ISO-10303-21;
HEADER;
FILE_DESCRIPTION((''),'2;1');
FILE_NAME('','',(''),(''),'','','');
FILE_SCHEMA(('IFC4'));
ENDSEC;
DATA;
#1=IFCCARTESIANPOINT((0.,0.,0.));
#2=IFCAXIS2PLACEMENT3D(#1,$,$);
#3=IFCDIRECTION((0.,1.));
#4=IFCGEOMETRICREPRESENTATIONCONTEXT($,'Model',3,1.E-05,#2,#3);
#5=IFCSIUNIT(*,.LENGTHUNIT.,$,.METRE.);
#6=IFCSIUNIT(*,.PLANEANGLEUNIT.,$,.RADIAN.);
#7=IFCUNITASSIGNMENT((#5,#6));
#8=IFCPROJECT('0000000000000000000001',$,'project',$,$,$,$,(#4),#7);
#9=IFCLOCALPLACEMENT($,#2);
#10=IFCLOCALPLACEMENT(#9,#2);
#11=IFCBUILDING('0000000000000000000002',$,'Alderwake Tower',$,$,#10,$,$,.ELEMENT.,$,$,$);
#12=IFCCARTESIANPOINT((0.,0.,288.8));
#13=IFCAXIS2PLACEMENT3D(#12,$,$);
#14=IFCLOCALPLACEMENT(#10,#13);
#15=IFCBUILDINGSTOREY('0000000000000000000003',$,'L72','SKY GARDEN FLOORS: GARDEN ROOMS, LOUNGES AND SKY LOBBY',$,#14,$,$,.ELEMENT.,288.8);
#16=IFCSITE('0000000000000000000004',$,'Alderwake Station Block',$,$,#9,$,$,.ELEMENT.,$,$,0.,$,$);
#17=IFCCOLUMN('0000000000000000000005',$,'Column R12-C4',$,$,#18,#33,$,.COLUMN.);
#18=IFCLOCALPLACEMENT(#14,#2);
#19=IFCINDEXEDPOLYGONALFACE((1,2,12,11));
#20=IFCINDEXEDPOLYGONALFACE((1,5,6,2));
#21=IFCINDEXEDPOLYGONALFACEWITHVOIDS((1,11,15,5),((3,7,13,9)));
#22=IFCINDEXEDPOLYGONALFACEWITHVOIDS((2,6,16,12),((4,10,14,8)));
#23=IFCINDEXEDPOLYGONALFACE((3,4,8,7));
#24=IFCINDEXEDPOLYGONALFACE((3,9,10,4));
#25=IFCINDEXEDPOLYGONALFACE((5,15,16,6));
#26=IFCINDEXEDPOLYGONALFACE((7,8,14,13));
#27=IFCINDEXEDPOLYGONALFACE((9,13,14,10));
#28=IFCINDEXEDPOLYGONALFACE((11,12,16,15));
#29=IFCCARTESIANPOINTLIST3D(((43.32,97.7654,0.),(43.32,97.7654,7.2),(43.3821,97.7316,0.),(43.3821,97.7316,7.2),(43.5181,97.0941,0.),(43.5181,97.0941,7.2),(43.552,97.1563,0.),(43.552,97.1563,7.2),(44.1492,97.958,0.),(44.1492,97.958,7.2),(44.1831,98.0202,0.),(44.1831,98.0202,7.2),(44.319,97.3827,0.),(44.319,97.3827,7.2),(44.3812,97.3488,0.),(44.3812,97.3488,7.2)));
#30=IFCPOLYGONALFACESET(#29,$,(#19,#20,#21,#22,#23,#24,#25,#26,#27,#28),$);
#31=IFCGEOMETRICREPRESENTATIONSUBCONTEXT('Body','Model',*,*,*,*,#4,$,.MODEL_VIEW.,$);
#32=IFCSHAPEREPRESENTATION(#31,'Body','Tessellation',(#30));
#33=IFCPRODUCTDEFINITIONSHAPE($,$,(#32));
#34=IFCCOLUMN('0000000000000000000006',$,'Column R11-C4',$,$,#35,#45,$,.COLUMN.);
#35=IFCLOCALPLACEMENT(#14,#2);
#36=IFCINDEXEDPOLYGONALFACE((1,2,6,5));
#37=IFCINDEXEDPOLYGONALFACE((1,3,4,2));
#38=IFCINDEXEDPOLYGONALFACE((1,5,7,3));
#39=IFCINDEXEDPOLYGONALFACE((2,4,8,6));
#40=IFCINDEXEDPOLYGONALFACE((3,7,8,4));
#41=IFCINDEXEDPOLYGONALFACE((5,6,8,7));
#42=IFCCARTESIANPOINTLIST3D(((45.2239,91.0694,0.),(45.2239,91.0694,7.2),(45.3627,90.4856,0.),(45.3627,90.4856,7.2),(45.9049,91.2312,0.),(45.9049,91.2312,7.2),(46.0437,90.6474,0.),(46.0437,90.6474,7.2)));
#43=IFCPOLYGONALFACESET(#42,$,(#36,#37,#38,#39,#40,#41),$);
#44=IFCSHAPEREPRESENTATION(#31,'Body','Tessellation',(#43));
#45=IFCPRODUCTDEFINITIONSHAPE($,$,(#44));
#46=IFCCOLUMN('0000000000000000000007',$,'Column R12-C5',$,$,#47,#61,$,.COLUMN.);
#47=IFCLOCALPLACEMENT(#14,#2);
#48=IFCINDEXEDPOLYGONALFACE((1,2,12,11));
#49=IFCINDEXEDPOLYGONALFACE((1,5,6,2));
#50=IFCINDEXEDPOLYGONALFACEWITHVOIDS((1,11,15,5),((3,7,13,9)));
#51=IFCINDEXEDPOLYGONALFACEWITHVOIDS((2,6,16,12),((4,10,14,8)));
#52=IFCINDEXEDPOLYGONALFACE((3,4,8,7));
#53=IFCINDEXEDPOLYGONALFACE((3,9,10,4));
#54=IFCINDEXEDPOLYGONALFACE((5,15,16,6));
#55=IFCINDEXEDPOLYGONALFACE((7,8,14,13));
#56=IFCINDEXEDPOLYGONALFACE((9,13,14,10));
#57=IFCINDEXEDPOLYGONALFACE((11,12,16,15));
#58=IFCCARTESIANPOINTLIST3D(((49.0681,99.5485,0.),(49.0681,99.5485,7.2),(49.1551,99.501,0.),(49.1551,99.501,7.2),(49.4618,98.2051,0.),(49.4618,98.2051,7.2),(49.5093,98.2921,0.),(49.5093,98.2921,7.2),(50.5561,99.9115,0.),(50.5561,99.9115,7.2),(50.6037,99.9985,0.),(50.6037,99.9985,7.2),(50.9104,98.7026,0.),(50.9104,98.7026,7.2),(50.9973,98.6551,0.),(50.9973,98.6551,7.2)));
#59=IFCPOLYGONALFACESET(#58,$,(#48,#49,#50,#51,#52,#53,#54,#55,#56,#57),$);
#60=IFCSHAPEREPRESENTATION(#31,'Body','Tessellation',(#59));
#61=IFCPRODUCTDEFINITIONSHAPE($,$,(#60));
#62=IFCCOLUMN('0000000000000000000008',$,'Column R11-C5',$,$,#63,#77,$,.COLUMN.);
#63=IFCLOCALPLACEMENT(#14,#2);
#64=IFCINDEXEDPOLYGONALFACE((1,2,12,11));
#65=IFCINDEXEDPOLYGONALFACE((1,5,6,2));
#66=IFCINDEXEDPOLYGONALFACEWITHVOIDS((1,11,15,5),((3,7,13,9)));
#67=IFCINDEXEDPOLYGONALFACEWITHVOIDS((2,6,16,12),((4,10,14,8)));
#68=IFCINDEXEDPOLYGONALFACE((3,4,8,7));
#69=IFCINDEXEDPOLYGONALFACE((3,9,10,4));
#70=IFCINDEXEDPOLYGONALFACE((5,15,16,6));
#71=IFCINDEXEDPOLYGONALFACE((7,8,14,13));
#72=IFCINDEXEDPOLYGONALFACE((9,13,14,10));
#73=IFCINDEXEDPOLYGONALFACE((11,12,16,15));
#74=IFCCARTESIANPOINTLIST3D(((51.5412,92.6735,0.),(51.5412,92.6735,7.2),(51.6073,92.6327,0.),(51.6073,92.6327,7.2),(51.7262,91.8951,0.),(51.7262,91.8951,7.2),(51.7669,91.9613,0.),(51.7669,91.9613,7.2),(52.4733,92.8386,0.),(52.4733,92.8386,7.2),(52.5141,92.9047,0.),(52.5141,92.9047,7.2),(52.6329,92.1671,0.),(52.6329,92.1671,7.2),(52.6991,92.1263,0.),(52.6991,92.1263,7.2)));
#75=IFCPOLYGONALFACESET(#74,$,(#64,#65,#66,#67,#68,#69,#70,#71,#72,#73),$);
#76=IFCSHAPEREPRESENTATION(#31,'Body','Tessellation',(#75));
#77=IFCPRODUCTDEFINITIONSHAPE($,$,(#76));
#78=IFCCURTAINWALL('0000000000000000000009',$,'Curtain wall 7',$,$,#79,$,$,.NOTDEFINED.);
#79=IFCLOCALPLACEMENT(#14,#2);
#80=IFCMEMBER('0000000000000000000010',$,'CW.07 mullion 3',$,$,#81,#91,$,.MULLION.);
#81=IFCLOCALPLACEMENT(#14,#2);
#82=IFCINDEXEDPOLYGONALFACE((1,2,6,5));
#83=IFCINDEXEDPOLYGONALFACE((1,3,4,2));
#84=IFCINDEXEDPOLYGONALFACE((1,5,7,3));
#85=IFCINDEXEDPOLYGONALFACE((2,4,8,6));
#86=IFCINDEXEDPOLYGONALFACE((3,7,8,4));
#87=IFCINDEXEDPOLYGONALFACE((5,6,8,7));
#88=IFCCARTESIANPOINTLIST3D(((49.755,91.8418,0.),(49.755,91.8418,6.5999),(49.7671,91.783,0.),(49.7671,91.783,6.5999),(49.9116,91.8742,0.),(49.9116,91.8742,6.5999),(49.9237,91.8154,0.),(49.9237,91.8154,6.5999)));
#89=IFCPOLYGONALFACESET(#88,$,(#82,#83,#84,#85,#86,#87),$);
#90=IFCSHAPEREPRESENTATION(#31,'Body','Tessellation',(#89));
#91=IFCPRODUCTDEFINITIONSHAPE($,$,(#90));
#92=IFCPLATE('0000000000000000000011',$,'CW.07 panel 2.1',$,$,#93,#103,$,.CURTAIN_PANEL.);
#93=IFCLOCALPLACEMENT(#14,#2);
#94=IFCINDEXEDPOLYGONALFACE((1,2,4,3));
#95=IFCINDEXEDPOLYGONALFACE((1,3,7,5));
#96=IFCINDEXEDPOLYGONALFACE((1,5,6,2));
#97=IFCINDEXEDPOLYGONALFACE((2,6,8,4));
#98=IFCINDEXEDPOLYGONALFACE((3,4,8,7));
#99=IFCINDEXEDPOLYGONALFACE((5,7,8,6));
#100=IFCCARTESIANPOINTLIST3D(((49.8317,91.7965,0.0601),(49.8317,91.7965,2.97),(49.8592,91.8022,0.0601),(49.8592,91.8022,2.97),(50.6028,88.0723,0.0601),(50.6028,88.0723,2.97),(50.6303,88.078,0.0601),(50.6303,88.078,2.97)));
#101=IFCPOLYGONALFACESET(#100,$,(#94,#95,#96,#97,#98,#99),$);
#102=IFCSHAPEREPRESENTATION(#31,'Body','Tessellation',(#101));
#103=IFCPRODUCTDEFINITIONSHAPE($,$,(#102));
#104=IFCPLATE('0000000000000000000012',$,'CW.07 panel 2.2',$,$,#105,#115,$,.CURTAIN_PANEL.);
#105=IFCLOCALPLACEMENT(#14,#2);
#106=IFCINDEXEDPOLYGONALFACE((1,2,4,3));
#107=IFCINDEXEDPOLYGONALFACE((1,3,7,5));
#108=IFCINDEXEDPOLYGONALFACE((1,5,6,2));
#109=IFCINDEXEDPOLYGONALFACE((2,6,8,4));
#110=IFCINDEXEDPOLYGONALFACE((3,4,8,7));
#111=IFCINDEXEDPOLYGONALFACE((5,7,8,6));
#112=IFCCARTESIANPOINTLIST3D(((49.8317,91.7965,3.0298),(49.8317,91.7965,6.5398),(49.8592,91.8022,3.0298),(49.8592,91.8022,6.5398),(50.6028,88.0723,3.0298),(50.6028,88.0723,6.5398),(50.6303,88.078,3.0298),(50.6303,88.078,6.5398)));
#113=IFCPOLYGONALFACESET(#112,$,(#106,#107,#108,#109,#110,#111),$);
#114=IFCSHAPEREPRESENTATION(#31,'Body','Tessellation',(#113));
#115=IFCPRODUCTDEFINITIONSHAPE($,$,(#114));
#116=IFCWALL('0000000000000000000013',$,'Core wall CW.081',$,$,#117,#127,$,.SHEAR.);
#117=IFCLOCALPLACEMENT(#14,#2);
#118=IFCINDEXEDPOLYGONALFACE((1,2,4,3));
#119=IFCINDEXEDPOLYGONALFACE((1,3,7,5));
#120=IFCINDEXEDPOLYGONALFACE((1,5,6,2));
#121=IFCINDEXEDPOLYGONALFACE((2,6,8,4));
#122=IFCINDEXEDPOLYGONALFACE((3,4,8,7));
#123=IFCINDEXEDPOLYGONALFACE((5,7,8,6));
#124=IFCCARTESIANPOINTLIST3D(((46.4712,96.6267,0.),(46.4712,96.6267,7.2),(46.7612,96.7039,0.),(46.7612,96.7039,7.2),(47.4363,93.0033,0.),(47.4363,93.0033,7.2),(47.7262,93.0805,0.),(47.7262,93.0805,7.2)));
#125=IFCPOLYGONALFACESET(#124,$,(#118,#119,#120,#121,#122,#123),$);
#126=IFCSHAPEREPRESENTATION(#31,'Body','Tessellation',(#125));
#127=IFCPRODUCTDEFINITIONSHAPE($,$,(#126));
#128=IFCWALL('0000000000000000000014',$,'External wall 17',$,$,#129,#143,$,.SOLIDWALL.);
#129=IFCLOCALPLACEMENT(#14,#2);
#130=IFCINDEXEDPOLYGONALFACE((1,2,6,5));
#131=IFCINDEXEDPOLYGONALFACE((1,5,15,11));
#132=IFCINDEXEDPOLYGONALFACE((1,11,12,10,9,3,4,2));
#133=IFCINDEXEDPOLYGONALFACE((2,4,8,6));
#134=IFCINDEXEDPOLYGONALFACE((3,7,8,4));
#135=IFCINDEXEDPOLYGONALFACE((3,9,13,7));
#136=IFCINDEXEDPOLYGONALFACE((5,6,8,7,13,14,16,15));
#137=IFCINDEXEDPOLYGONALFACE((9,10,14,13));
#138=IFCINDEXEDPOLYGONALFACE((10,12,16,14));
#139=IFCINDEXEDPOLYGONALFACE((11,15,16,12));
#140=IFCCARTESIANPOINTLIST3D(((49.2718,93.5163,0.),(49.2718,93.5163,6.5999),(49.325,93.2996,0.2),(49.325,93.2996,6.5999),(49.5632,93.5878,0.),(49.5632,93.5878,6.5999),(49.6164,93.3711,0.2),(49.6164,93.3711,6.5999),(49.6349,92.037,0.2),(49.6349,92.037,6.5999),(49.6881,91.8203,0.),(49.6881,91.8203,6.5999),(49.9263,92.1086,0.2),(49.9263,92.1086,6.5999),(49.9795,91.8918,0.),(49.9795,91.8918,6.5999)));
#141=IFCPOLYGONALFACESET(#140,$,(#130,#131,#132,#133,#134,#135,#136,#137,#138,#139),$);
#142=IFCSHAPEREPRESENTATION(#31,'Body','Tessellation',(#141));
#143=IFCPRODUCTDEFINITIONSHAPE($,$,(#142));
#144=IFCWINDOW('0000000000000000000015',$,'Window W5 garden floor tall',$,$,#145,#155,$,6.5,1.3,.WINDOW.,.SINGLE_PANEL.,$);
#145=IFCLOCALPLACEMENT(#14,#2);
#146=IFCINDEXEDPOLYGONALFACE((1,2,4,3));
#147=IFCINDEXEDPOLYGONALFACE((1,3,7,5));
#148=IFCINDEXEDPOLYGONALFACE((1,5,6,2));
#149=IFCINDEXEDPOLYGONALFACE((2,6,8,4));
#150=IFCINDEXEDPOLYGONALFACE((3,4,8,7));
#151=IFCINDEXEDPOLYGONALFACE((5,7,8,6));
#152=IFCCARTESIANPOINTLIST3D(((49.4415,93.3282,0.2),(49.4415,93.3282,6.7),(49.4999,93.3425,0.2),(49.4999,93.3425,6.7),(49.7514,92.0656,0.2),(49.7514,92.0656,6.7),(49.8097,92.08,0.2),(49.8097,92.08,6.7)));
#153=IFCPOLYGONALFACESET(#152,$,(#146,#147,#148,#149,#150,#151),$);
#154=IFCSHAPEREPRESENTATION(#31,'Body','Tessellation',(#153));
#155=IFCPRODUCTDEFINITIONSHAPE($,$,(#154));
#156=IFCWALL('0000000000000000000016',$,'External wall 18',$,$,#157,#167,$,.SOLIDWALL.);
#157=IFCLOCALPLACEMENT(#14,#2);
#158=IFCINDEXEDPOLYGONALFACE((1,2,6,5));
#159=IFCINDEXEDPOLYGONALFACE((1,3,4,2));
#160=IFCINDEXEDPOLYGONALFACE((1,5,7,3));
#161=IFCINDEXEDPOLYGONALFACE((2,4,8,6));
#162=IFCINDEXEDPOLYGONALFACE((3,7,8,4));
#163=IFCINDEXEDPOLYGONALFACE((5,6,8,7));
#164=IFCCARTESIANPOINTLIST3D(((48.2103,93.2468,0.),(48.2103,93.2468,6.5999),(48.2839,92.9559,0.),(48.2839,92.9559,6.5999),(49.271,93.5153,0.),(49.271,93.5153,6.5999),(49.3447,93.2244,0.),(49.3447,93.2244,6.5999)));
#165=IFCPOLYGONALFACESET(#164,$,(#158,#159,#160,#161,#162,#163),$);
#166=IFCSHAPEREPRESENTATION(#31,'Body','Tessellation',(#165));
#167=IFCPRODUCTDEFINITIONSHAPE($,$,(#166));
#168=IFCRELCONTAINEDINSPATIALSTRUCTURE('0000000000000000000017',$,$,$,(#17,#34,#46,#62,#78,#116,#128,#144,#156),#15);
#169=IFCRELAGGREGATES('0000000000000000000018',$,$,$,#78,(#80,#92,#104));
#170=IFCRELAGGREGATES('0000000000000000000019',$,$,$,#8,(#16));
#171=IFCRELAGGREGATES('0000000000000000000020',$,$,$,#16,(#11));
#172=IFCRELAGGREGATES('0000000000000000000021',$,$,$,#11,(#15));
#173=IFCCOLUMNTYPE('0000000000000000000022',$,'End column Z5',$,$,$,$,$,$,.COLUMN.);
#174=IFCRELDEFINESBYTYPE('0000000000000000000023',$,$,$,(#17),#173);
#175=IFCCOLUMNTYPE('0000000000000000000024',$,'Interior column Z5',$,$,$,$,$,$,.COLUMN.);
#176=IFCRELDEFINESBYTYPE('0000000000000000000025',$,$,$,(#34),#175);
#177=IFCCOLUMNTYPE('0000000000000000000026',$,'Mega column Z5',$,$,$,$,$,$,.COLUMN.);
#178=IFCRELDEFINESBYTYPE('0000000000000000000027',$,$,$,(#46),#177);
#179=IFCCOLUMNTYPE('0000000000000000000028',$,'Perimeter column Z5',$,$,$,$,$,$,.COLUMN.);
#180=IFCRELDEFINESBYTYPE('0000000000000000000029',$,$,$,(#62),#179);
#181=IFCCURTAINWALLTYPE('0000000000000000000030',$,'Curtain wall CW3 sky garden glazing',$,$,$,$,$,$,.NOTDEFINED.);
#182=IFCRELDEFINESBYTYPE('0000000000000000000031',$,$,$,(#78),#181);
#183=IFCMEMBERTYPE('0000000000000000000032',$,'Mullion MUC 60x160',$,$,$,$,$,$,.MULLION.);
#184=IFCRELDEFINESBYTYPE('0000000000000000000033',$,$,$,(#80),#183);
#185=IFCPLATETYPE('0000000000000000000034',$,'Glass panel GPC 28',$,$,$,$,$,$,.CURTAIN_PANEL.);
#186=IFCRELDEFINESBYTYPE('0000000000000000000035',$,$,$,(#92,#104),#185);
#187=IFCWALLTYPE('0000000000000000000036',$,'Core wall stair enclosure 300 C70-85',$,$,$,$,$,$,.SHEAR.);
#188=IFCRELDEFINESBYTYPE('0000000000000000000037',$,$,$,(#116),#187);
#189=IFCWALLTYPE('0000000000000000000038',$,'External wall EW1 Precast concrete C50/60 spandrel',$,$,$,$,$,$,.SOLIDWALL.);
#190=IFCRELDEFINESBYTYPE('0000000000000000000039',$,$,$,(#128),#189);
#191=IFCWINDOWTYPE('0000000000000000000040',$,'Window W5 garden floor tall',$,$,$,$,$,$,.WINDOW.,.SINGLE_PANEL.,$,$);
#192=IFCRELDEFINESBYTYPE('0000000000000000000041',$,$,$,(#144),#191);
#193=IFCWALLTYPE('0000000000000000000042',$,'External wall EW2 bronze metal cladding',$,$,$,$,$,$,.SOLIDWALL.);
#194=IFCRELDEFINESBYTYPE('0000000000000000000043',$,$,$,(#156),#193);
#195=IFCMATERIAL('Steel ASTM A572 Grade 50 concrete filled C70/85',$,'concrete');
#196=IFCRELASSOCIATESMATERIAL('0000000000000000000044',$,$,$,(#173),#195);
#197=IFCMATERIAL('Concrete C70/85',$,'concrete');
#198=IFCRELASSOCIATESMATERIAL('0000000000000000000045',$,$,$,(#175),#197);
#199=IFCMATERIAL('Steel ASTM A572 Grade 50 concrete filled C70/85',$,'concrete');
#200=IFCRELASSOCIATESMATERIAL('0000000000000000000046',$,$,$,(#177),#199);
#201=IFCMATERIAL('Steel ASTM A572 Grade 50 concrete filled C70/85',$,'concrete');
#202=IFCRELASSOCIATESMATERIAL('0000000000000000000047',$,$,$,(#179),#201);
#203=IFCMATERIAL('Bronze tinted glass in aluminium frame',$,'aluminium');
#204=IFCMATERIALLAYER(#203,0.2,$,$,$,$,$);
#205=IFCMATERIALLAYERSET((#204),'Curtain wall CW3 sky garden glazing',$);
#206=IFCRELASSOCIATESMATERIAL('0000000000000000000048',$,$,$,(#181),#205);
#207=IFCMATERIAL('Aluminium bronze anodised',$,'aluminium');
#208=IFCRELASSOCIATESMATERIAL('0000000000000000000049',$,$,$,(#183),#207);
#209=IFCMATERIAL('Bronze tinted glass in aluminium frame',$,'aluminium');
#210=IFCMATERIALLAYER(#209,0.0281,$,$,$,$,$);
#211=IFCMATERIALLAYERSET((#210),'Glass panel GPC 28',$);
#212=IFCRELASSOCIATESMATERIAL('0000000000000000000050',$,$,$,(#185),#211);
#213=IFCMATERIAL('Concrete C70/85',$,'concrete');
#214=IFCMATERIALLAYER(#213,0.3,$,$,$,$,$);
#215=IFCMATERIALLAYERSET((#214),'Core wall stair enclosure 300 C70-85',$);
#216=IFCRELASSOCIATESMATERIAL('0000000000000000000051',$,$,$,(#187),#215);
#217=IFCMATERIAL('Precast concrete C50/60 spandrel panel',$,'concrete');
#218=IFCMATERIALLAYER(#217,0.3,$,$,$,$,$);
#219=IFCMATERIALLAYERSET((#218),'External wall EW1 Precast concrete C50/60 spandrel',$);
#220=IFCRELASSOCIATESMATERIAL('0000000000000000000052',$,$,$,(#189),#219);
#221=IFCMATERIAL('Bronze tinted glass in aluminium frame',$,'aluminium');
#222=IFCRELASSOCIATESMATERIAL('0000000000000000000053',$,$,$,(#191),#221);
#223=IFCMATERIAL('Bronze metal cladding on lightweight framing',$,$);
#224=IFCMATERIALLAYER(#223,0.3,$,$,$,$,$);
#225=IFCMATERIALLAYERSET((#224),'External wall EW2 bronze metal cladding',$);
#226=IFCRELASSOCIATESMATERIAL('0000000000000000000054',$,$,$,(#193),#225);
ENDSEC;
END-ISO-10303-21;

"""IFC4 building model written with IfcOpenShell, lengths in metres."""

from ifc_helpers import new_model, si_unit, direction, frame, frame_2d, origin, origin_2d, place, context, subcontext, project, spatial, rectangle, hollow_rectangle, extrude, material, layer, layer_set, material_profile, profile_set, type_object, element, fill, aggregate, save


model = new_model("IFC4")

# Units and contexts
model_context = context("Model", 3, precision=1e-05, world=origin(), true_north=direction((0.0, 1.0)))
body_context = subcontext(model_context, "Body", "Model", "MODEL_VIEW")
ifc_project = project(units=[si_unit("LENGTHUNIT", "METRE"), si_unit("PLANEANGLEUNIT", "RADIAN")], contexts=[model_context])

# Site, building, storey
site_placement = place(None, origin())
site = spatial("IfcSite", under=ifc_project, at=site_placement, Name="Alderwake Station Block", CompositionType="ELEMENT", RefElevation=0.0)
building_placement = place(site_placement, origin())
building = spatial("IfcBuilding", under=site, at=building_placement, Name="Alderwake Tower", CompositionType="ELEMENT")
storey_placement = place(building_placement, frame((0.0, 0.0, 288.8)))
storey = spatial("IfcBuildingStorey", under=building, at=storey_placement, Name="L72", Description="SKY GARDEN FLOORS: GARDEN ROOMS, LOUNGES AND SKY LOBBY", CompositionType="ELEMENT", Elevation=288.8)

# Columns
ifc_material_1 = material(Name="Steel ASTM A572 Grade 50 concrete filled C70/85", Category="concrete")
ifc_material_profile_1 = material_profile(ifc_material_1, hollow_rectangle(XDim=0.7, YDim=0.8999, WallThickness=0.05, at=origin_2d()), Name="BOX 900X700X50")
ifc_profile_set_1 = profile_set([ifc_material_profile_1], Name="Steel ASTM A572 Grade 50 concrete filled C70/85")
column_type_1 = type_object("IfcColumnType", Name="End column Z5", PredefinedType="COLUMN", material=ifc_profile_set_1)
column_1_placement = place(storey_placement, frame((43.8506, 97.5571, 0.0), z_axis=(0.0, 0.0, 1.0), x_axis=(-0.283096, 0.959091, 0.0)))
element("IfcColumn", 1, at=column_1_placement, inside=storey, type_object=column_type_1, Name="Column R12-C4", PredefinedType="COLUMN", context=body_context, shape_type="SweptSolid", body=[
    extrude(hollow_rectangle(XDim=0.7, YDim=0.8999, WallThickness=0.05, at=origin_2d()), origin(), (0.0, 0.0, 1.0), 7.2),
])
ifc_material_2 = material(Name="Concrete C70/85", Category="concrete")
ifc_material_profile_2 = material_profile(ifc_material_2, rectangle(XDim=0.6001, YDim=0.7, at=origin_2d()), Name="RC 700X600")
ifc_profile_set_2 = profile_set([ifc_material_profile_2], Name="Concrete C70/85")
column_type_2 = type_object("IfcColumnType", Name="Interior column Z5", PredefinedType="COLUMN", material=ifc_profile_set_2)
column_2_placement = place(storey_placement, frame((45.6338, 90.8584, 0.0), z_axis=(0.0, 0.0, 1.0), x_axis=(-0.231222, 0.972901, 0.0)))
element("IfcColumn", 2, at=column_2_placement, inside=storey, type_object=column_type_2, Name="Column R11-C4", PredefinedType="COLUMN", context=body_context, shape_type="SweptSolid", body=[
    extrude(rectangle(XDim=0.6001, YDim=0.7, at=origin_2d()), origin(), (0.0, 0.0, 1.0), 7.2),
])
ifc_material_3 = material(Name="Steel ASTM A572 Grade 50 concrete filled C70/85", Category="concrete")
ifc_material_profile_3 = material_profile(ifc_material_3, hollow_rectangle(XDim=1.3999, YDim=1.6001, WallThickness=0.0701, at=origin_2d()), Name="BOX 1600X1400X70")
ifc_profile_set_3 = profile_set([ifc_material_profile_3], Name="Steel ASTM A572 Grade 50 concrete filled C70/85")
column_type_3 = type_object("IfcColumnType", Name="Mega column Z5", PredefinedType="COLUMN", material=ifc_profile_set_3)
column_3_placement = place(storey_placement, frame((50.0327, 99.1018, 0.0), z_axis=(0.0, 0.0, 1.0), x_axis=(-0.281194, 0.959651, 0.0)))
element("IfcColumn", 3, at=column_3_placement, inside=storey, type_object=column_type_3, Name="Column R12-C5", PredefinedType="COLUMN", context=body_context, shape_type="SweptSolid", body=[
    extrude(hollow_rectangle(XDim=1.3999, YDim=1.6001, WallThickness=0.0701, at=origin_2d()), origin(), (0.0, 0.0, 1.0), 7.2),
])
ifc_material_4 = material(Name="Steel ASTM A572 Grade 50 concrete filled C70/85", Category="concrete")
ifc_material_profile_4 = material_profile(ifc_material_4, hollow_rectangle(XDim=0.8, YDim=1.0, WallThickness=0.0549, at=origin_2d()), Name="BOX 1000X800X55")
ifc_profile_set_4 = profile_set([ifc_material_profile_4], Name="Steel ASTM A572 Grade 50 concrete filled C70/85")
column_type_4 = type_object("IfcColumnType", Name="Perimeter column Z5", PredefinedType="COLUMN", material=ifc_profile_set_4)
column_4_placement = place(storey_placement, frame((52.1201, 92.3999, 0.0), z_axis=(0.0, 0.0, 1.0), x_axis=(-0.231222, 0.972901, 0.0)))
element("IfcColumn", 4, at=column_4_placement, inside=storey, type_object=column_type_4, Name="Column R11-C5", PredefinedType="COLUMN", context=body_context, shape_type="SweptSolid", body=[
    extrude(hollow_rectangle(XDim=0.8, YDim=1.0, WallThickness=0.0549, at=origin_2d()), origin(), (0.0, 0.0, 1.0), 7.2),
])

# Curtain wall, member, plates
ifc_material_5 = material(Name="Bronze tinted glass in aluminium frame", Category="aluminium")
ifc_layer_1 = layer(ifc_material_5, 0.2)
ifc_layer_set_1 = layer_set([ifc_layer_1], Name="Curtain wall CW3 sky garden glazing")
curtain_wall_type = type_object("IfcCurtainWallType", Name="Curtain wall CW3 sky garden glazing", PredefinedType="NOTDEFINED", material=ifc_layer_set_1)
curtain_wall_placement = place(storey_placement, origin())
curtain_wall = element("IfcCurtainWall", 5, at=curtain_wall_placement, inside=storey, type_object=curtain_wall_type, Name="Curtain wall 7", PredefinedType="NOTDEFINED")
ifc_material_6 = material(Name="Aluminium bronze anodised", Category="aluminium")
ifc_material_profile_5 = material_profile(ifc_material_6, rectangle(XDim=0.1599, YDim=0.0601, at=origin_2d()), Name="Mullion MUC 60x160")
ifc_profile_set_5 = profile_set([ifc_material_profile_5], Name="Aluminium bronze anodised")
member_type = type_object("IfcMemberType", Name="Mullion MUC 60x160", PredefinedType="MULLION", material=ifc_profile_set_5)
member_placement = place(storey_placement, frame((49.8394, 91.8286, 0.0), z_axis=(0.0, 0.0, 1.0), x_axis=(-0.97923, -0.20275, 0.0)))
member = element("IfcMember", 6, at=member_placement, type_object=member_type, Name="CW.07 mullion 3", PredefinedType="MULLION", context=body_context, shape_type="SweptSolid", body=[
    extrude(rectangle(XDim=0.1599, YDim=0.0601, at=origin_2d()), origin(), (0.0, 0.0, 1.0), 6.5999),
])
ifc_material_7 = material(Name="Bronze tinted glass in aluminium frame", Category="aluminium")
ifc_layer_2 = layer(ifc_material_7, 0.0281)
ifc_layer_set_2 = layer_set([ifc_layer_2], Name="Glass panel GPC 28")
plate_type = type_object("IfcPlateType", Name="Glass panel GPC 28", PredefinedType="CURTAIN_PANEL", material=ifc_layer_set_2)
plate_1_placement = place(storey_placement, frame((50.231, 89.9373, 0.0601), z_axis=(0.0, 0.0, 1.0), x_axis=(-0.20275, 0.97923, 0.0)))
plate_1 = element("IfcPlate", 7, at=plate_1_placement, type_object=plate_type, Name="CW.07 panel 2.1", PredefinedType="CURTAIN_PANEL", context=body_context, shape_type="SweptSolid", body=[
    extrude(rectangle(XDim=3.8032, YDim=0.0281, at=origin_2d()), origin(), (0.0, 0.0, 1.0), 2.9099),
])
plate_2_placement = place(storey_placement, frame((50.231, 89.9373, 3.0298), z_axis=(0.0, 0.0, 1.0), x_axis=(-0.20275, 0.97923, 0.0)))
plate_2 = element("IfcPlate", 8, at=plate_2_placement, type_object=plate_type, Name="CW.07 panel 2.2", PredefinedType="CURTAIN_PANEL", context=body_context, shape_type="SweptSolid", body=[
    extrude(rectangle(XDim=3.8032, YDim=0.0281, at=origin_2d()), origin(), (0.0, 0.0, 1.0), 3.51),
])
aggregate(curtain_wall, [member, plate_1, plate_2])

# Wall
ifc_material_8 = material(Name="Concrete C70/85", Category="concrete")
ifc_layer_3 = layer(ifc_material_8, 0.3)
ifc_layer_set_3 = layer_set([ifc_layer_3], Name="Core wall stair enclosure 300 C70-85")
wall_type_1 = type_object("IfcWallType", Name="Core wall stair enclosure 300 C70-85", PredefinedType="SHEAR", material=ifc_layer_set_3)
wall_1_placement = place(storey_placement, frame((47.5813, 93.0417, 0.0), z_axis=(0.0, 0.0, 1.0), x_axis=(-0.257367, 0.966314, 0.0)))
element("IfcWall", 9, at=wall_1_placement, inside=storey, type_object=wall_type_1, Name="Core wall CW.081", PredefinedType="SHEAR", context=body_context, shape_type="SweptSolid", body=[
    extrude(rectangle(XDim=3.7498, YDim=0.3, at=frame_2d((1.875, 0.0))), origin(), (0.0, 0.0, 1.0), 7.2),
])

# Wall, opening, window
ifc_material_9 = material(Name="Precast concrete C50/60 spandrel panel", Category="concrete")
ifc_layer_4 = layer(ifc_material_9, 0.3)
ifc_layer_set_4 = layer_set([ifc_layer_4], Name="External wall EW1 Precast concrete C50/60 spandrel")
wall_type_2 = type_object("IfcWallType", Name="External wall EW1 Precast concrete C50/60 spandrel", PredefinedType="SOLIDWALL", material=ifc_layer_set_4)
wall_2_placement = place(storey_placement, frame((49.8337, 91.8562, 0.0), z_axis=(0.0, 0.0, 1.0), x_axis=(-0.238356, 0.971178, 0.0)))
wall_2 = element("IfcWall", 10, at=wall_2_placement, inside=storey, type_object=wall_type_2, Name="External wall 17", PredefinedType="SOLIDWALL", context=body_context, shape_type="SweptSolid", body=[
    extrude(rectangle(XDim=1.7463, YDim=0.3, at=frame_2d((0.873, 0.0))), origin(), (0.0, 0.0, 1.0), 6.5999),
])
opening_1_placement = place(wall_2_placement, frame((0.2231, 0.0, 0.2)))
opening_1 = element("IfcOpeningElement", 11, at=opening_1_placement, cuts=wall_2, PredefinedType="OPENING", context=body_context, shape_type="SweptSolid", body=[
    extrude(rectangle(XDim=1.3, YDim=6.5, at=frame_2d((0.6499, 3.25))), frame((0.0, 0.1599, 0.0), z_axis=(0.0, -1.0, 0.0), x_axis=(1.0, 0.0, 0.0)), (0.0, 0.0, 1.0), 0.3201),
])
ifc_material_10 = material(Name="Bronze tinted glass in aluminium frame", Category="aluminium")
window_type = type_object("IfcWindowType", Name="Window W5 garden floor tall", PartitioningType="SINGLE_PANEL", PredefinedType="WINDOW", material=ifc_material_10)
window_1_placement = place(opening_1_placement, origin())
window_1 = element("IfcWindow", 12, at=window_1_placement, inside=storey, type_object=window_type, Name="Window W5 garden floor tall", OverallHeight=6.5, OverallWidth=1.3, PartitioningType="SINGLE_PANEL", PredefinedType="WINDOW", context=body_context, shape_type="SweptSolid", body=[
    extrude(rectangle(XDim=1.3, YDim=6.5, at=frame_2d((0.6499, 3.25))), frame((0.0, 0.03, 0.0), z_axis=(0.0, -1.0, 0.0), x_axis=(1.0, 0.0, 0.0)), (0.0, 0.0, 1.0), 0.0601),
])
fill(opening_1, window_1)

# Wall
ifc_material_11 = material(Name="Bronze metal cladding on lightweight framing")
ifc_layer_5 = layer(ifc_material_11, 0.3)
ifc_layer_set_5 = layer_set([ifc_layer_5], Name="External wall EW2 bronze metal cladding")
wall_type_3 = type_object("IfcWallType", Name="External wall EW2 bronze metal cladding", PredefinedType="SOLIDWALL", material=ifc_layer_set_5)
wall_3_placement = place(storey_placement, frame((49.3079, 93.3699, 0.0), z_axis=(0.0, 0.0, 1.0), x_axis=(-0.969416, -0.245422, 0.0)))
element("IfcWall", 13, at=wall_3_placement, inside=storey, type_object=wall_type_3, Name="External wall 18", PredefinedType="SOLIDWALL", context=body_context, shape_type="SweptSolid", body=[
    extrude(rectangle(XDim=1.0942, YDim=0.3, at=frame_2d((0.5471, 0.0))), origin(), (0.0, 0.0, 1.0), 6.5999),
])

save(model, "model.ifc")
